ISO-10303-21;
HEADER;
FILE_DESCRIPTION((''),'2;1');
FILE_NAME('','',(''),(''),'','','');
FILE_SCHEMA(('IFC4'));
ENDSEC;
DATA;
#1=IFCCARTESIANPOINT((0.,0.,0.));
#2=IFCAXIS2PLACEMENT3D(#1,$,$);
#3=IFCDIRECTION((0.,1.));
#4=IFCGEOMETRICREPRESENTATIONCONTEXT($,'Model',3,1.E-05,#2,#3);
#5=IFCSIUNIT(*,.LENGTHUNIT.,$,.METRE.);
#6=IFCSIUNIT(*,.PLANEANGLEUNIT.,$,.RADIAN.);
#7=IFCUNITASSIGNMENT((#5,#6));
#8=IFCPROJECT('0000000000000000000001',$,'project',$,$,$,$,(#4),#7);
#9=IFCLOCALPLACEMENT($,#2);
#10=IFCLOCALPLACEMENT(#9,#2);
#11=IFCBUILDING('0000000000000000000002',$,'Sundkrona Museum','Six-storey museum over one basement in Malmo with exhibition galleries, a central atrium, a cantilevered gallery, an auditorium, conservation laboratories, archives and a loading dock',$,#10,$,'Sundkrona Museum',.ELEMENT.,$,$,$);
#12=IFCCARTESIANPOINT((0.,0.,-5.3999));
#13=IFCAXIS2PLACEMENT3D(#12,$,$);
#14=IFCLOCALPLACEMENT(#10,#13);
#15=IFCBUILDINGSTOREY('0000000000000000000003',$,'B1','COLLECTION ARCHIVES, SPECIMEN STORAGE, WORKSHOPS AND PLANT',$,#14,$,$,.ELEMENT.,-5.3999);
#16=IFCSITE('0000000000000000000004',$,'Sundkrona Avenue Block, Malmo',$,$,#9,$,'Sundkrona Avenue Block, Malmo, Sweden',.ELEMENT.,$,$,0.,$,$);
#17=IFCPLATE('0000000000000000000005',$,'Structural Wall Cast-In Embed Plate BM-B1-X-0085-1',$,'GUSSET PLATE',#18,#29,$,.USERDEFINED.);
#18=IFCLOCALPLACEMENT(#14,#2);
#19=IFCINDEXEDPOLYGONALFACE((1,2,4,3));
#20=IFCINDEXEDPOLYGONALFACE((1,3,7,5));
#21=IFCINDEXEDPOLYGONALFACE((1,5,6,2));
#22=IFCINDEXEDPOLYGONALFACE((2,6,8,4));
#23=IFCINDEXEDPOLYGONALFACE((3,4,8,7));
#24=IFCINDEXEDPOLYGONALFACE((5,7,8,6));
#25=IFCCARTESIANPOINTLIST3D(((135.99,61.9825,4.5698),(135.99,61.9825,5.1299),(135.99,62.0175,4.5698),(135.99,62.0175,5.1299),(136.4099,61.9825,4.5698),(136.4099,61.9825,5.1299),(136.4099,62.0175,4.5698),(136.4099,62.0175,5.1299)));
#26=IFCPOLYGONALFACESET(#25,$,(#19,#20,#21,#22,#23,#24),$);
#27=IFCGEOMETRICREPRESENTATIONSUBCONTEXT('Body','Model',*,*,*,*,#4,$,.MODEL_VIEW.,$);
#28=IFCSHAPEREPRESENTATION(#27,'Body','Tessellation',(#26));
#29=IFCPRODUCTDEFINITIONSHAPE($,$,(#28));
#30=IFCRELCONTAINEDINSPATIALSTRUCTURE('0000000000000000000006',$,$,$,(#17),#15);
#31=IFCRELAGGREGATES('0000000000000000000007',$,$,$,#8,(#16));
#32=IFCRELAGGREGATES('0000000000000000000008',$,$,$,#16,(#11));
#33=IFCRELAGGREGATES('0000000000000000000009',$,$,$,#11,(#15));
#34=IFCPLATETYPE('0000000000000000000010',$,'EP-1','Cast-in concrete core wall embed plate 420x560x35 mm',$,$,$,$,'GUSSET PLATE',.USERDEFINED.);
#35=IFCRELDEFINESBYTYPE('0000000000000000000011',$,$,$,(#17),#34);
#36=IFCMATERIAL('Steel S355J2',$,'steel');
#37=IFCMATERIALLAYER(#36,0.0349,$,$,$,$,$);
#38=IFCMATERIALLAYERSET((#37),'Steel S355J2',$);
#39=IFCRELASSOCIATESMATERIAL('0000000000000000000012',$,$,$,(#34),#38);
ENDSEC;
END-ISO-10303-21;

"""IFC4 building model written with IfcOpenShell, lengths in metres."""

from ifc_helpers import new_model, si_unit, direction, frame, origin, origin_2d, place, context, subcontext, project, spatial, rectangle, extrude, material, layer, layer_set, type_object, element, save


model = new_model("IFC4")

# Units and contexts
model_context = context("Model", 3, precision=1e-05, world=origin(), true_north=direction((0.0, 1.0)))
body_context = subcontext(model_context, "Body", "Model", "MODEL_VIEW")
ifc_project = project(units=[si_unit("LENGTHUNIT", "METRE"), si_unit("PLANEANGLEUNIT", "RADIAN")], contexts=[model_context])

# Site, building, storey
site_placement = place(None, origin())
site = spatial("IfcSite", under=ifc_project, at=site_placement, Name="Sundkrona Avenue Block, Malmo", LongName="Sundkrona Avenue Block, Malmo, Sweden", CompositionType="ELEMENT", RefElevation=0.0)
building_placement = place(site_placement, origin())
building = spatial("IfcBuilding", under=site, at=building_placement, Name="Sundkrona Museum", Description="Six-storey museum over one basement in Malmo with exhibition galleries, a central atrium, a cantilevered gallery, an auditorium, conservation laboratories, archives and a loading dock", LongName="Sundkrona Museum", CompositionType="ELEMENT")
storey_placement = place(building_placement, frame((0.0, 0.0, -5.3999)))
storey = spatial("IfcBuildingStorey", under=building, at=storey_placement, Name="B1", Description="COLLECTION ARCHIVES, SPECIMEN STORAGE, WORKSHOPS AND PLANT", CompositionType="ELEMENT", Elevation=-5.3999)

# Shared definitions
ifc_material_1 = material(Name="Steel S355J2", Category="steel")

# Plate
ifc_layer = layer(ifc_material_1, 0.0349)
ifc_layer_set = layer_set([ifc_layer], Name="Steel S355J2")
plate_type = type_object("IfcPlateType", Name="EP-1", Description="Cast-in concrete core wall embed plate 420x560x35 mm", ElementType="GUSSET PLATE", PredefinedType="USERDEFINED", material=ifc_layer_set)
plate_placement = place(storey_placement, frame((136.2, 62.0, 4.5698), z_axis=(0.0, 0.0, 1.0), x_axis=(1.0, 0.0, 0.0)))
element("IfcPlate", 1, at=plate_placement, inside=storey, type_object=plate_type, Name="Structural Wall Cast-In Embed Plate BM-B1-X-0085-1", ObjectType="GUSSET PLATE", PredefinedType="USERDEFINED", context=body_context, shape_type="SweptSolid", body=[
    extrude(rectangle(XDim=0.4199, YDim=0.0349, at=origin_2d()), origin(), (0.0, 0.0, 1.0), 0.5601),
])

save(model, "model.ifc")
